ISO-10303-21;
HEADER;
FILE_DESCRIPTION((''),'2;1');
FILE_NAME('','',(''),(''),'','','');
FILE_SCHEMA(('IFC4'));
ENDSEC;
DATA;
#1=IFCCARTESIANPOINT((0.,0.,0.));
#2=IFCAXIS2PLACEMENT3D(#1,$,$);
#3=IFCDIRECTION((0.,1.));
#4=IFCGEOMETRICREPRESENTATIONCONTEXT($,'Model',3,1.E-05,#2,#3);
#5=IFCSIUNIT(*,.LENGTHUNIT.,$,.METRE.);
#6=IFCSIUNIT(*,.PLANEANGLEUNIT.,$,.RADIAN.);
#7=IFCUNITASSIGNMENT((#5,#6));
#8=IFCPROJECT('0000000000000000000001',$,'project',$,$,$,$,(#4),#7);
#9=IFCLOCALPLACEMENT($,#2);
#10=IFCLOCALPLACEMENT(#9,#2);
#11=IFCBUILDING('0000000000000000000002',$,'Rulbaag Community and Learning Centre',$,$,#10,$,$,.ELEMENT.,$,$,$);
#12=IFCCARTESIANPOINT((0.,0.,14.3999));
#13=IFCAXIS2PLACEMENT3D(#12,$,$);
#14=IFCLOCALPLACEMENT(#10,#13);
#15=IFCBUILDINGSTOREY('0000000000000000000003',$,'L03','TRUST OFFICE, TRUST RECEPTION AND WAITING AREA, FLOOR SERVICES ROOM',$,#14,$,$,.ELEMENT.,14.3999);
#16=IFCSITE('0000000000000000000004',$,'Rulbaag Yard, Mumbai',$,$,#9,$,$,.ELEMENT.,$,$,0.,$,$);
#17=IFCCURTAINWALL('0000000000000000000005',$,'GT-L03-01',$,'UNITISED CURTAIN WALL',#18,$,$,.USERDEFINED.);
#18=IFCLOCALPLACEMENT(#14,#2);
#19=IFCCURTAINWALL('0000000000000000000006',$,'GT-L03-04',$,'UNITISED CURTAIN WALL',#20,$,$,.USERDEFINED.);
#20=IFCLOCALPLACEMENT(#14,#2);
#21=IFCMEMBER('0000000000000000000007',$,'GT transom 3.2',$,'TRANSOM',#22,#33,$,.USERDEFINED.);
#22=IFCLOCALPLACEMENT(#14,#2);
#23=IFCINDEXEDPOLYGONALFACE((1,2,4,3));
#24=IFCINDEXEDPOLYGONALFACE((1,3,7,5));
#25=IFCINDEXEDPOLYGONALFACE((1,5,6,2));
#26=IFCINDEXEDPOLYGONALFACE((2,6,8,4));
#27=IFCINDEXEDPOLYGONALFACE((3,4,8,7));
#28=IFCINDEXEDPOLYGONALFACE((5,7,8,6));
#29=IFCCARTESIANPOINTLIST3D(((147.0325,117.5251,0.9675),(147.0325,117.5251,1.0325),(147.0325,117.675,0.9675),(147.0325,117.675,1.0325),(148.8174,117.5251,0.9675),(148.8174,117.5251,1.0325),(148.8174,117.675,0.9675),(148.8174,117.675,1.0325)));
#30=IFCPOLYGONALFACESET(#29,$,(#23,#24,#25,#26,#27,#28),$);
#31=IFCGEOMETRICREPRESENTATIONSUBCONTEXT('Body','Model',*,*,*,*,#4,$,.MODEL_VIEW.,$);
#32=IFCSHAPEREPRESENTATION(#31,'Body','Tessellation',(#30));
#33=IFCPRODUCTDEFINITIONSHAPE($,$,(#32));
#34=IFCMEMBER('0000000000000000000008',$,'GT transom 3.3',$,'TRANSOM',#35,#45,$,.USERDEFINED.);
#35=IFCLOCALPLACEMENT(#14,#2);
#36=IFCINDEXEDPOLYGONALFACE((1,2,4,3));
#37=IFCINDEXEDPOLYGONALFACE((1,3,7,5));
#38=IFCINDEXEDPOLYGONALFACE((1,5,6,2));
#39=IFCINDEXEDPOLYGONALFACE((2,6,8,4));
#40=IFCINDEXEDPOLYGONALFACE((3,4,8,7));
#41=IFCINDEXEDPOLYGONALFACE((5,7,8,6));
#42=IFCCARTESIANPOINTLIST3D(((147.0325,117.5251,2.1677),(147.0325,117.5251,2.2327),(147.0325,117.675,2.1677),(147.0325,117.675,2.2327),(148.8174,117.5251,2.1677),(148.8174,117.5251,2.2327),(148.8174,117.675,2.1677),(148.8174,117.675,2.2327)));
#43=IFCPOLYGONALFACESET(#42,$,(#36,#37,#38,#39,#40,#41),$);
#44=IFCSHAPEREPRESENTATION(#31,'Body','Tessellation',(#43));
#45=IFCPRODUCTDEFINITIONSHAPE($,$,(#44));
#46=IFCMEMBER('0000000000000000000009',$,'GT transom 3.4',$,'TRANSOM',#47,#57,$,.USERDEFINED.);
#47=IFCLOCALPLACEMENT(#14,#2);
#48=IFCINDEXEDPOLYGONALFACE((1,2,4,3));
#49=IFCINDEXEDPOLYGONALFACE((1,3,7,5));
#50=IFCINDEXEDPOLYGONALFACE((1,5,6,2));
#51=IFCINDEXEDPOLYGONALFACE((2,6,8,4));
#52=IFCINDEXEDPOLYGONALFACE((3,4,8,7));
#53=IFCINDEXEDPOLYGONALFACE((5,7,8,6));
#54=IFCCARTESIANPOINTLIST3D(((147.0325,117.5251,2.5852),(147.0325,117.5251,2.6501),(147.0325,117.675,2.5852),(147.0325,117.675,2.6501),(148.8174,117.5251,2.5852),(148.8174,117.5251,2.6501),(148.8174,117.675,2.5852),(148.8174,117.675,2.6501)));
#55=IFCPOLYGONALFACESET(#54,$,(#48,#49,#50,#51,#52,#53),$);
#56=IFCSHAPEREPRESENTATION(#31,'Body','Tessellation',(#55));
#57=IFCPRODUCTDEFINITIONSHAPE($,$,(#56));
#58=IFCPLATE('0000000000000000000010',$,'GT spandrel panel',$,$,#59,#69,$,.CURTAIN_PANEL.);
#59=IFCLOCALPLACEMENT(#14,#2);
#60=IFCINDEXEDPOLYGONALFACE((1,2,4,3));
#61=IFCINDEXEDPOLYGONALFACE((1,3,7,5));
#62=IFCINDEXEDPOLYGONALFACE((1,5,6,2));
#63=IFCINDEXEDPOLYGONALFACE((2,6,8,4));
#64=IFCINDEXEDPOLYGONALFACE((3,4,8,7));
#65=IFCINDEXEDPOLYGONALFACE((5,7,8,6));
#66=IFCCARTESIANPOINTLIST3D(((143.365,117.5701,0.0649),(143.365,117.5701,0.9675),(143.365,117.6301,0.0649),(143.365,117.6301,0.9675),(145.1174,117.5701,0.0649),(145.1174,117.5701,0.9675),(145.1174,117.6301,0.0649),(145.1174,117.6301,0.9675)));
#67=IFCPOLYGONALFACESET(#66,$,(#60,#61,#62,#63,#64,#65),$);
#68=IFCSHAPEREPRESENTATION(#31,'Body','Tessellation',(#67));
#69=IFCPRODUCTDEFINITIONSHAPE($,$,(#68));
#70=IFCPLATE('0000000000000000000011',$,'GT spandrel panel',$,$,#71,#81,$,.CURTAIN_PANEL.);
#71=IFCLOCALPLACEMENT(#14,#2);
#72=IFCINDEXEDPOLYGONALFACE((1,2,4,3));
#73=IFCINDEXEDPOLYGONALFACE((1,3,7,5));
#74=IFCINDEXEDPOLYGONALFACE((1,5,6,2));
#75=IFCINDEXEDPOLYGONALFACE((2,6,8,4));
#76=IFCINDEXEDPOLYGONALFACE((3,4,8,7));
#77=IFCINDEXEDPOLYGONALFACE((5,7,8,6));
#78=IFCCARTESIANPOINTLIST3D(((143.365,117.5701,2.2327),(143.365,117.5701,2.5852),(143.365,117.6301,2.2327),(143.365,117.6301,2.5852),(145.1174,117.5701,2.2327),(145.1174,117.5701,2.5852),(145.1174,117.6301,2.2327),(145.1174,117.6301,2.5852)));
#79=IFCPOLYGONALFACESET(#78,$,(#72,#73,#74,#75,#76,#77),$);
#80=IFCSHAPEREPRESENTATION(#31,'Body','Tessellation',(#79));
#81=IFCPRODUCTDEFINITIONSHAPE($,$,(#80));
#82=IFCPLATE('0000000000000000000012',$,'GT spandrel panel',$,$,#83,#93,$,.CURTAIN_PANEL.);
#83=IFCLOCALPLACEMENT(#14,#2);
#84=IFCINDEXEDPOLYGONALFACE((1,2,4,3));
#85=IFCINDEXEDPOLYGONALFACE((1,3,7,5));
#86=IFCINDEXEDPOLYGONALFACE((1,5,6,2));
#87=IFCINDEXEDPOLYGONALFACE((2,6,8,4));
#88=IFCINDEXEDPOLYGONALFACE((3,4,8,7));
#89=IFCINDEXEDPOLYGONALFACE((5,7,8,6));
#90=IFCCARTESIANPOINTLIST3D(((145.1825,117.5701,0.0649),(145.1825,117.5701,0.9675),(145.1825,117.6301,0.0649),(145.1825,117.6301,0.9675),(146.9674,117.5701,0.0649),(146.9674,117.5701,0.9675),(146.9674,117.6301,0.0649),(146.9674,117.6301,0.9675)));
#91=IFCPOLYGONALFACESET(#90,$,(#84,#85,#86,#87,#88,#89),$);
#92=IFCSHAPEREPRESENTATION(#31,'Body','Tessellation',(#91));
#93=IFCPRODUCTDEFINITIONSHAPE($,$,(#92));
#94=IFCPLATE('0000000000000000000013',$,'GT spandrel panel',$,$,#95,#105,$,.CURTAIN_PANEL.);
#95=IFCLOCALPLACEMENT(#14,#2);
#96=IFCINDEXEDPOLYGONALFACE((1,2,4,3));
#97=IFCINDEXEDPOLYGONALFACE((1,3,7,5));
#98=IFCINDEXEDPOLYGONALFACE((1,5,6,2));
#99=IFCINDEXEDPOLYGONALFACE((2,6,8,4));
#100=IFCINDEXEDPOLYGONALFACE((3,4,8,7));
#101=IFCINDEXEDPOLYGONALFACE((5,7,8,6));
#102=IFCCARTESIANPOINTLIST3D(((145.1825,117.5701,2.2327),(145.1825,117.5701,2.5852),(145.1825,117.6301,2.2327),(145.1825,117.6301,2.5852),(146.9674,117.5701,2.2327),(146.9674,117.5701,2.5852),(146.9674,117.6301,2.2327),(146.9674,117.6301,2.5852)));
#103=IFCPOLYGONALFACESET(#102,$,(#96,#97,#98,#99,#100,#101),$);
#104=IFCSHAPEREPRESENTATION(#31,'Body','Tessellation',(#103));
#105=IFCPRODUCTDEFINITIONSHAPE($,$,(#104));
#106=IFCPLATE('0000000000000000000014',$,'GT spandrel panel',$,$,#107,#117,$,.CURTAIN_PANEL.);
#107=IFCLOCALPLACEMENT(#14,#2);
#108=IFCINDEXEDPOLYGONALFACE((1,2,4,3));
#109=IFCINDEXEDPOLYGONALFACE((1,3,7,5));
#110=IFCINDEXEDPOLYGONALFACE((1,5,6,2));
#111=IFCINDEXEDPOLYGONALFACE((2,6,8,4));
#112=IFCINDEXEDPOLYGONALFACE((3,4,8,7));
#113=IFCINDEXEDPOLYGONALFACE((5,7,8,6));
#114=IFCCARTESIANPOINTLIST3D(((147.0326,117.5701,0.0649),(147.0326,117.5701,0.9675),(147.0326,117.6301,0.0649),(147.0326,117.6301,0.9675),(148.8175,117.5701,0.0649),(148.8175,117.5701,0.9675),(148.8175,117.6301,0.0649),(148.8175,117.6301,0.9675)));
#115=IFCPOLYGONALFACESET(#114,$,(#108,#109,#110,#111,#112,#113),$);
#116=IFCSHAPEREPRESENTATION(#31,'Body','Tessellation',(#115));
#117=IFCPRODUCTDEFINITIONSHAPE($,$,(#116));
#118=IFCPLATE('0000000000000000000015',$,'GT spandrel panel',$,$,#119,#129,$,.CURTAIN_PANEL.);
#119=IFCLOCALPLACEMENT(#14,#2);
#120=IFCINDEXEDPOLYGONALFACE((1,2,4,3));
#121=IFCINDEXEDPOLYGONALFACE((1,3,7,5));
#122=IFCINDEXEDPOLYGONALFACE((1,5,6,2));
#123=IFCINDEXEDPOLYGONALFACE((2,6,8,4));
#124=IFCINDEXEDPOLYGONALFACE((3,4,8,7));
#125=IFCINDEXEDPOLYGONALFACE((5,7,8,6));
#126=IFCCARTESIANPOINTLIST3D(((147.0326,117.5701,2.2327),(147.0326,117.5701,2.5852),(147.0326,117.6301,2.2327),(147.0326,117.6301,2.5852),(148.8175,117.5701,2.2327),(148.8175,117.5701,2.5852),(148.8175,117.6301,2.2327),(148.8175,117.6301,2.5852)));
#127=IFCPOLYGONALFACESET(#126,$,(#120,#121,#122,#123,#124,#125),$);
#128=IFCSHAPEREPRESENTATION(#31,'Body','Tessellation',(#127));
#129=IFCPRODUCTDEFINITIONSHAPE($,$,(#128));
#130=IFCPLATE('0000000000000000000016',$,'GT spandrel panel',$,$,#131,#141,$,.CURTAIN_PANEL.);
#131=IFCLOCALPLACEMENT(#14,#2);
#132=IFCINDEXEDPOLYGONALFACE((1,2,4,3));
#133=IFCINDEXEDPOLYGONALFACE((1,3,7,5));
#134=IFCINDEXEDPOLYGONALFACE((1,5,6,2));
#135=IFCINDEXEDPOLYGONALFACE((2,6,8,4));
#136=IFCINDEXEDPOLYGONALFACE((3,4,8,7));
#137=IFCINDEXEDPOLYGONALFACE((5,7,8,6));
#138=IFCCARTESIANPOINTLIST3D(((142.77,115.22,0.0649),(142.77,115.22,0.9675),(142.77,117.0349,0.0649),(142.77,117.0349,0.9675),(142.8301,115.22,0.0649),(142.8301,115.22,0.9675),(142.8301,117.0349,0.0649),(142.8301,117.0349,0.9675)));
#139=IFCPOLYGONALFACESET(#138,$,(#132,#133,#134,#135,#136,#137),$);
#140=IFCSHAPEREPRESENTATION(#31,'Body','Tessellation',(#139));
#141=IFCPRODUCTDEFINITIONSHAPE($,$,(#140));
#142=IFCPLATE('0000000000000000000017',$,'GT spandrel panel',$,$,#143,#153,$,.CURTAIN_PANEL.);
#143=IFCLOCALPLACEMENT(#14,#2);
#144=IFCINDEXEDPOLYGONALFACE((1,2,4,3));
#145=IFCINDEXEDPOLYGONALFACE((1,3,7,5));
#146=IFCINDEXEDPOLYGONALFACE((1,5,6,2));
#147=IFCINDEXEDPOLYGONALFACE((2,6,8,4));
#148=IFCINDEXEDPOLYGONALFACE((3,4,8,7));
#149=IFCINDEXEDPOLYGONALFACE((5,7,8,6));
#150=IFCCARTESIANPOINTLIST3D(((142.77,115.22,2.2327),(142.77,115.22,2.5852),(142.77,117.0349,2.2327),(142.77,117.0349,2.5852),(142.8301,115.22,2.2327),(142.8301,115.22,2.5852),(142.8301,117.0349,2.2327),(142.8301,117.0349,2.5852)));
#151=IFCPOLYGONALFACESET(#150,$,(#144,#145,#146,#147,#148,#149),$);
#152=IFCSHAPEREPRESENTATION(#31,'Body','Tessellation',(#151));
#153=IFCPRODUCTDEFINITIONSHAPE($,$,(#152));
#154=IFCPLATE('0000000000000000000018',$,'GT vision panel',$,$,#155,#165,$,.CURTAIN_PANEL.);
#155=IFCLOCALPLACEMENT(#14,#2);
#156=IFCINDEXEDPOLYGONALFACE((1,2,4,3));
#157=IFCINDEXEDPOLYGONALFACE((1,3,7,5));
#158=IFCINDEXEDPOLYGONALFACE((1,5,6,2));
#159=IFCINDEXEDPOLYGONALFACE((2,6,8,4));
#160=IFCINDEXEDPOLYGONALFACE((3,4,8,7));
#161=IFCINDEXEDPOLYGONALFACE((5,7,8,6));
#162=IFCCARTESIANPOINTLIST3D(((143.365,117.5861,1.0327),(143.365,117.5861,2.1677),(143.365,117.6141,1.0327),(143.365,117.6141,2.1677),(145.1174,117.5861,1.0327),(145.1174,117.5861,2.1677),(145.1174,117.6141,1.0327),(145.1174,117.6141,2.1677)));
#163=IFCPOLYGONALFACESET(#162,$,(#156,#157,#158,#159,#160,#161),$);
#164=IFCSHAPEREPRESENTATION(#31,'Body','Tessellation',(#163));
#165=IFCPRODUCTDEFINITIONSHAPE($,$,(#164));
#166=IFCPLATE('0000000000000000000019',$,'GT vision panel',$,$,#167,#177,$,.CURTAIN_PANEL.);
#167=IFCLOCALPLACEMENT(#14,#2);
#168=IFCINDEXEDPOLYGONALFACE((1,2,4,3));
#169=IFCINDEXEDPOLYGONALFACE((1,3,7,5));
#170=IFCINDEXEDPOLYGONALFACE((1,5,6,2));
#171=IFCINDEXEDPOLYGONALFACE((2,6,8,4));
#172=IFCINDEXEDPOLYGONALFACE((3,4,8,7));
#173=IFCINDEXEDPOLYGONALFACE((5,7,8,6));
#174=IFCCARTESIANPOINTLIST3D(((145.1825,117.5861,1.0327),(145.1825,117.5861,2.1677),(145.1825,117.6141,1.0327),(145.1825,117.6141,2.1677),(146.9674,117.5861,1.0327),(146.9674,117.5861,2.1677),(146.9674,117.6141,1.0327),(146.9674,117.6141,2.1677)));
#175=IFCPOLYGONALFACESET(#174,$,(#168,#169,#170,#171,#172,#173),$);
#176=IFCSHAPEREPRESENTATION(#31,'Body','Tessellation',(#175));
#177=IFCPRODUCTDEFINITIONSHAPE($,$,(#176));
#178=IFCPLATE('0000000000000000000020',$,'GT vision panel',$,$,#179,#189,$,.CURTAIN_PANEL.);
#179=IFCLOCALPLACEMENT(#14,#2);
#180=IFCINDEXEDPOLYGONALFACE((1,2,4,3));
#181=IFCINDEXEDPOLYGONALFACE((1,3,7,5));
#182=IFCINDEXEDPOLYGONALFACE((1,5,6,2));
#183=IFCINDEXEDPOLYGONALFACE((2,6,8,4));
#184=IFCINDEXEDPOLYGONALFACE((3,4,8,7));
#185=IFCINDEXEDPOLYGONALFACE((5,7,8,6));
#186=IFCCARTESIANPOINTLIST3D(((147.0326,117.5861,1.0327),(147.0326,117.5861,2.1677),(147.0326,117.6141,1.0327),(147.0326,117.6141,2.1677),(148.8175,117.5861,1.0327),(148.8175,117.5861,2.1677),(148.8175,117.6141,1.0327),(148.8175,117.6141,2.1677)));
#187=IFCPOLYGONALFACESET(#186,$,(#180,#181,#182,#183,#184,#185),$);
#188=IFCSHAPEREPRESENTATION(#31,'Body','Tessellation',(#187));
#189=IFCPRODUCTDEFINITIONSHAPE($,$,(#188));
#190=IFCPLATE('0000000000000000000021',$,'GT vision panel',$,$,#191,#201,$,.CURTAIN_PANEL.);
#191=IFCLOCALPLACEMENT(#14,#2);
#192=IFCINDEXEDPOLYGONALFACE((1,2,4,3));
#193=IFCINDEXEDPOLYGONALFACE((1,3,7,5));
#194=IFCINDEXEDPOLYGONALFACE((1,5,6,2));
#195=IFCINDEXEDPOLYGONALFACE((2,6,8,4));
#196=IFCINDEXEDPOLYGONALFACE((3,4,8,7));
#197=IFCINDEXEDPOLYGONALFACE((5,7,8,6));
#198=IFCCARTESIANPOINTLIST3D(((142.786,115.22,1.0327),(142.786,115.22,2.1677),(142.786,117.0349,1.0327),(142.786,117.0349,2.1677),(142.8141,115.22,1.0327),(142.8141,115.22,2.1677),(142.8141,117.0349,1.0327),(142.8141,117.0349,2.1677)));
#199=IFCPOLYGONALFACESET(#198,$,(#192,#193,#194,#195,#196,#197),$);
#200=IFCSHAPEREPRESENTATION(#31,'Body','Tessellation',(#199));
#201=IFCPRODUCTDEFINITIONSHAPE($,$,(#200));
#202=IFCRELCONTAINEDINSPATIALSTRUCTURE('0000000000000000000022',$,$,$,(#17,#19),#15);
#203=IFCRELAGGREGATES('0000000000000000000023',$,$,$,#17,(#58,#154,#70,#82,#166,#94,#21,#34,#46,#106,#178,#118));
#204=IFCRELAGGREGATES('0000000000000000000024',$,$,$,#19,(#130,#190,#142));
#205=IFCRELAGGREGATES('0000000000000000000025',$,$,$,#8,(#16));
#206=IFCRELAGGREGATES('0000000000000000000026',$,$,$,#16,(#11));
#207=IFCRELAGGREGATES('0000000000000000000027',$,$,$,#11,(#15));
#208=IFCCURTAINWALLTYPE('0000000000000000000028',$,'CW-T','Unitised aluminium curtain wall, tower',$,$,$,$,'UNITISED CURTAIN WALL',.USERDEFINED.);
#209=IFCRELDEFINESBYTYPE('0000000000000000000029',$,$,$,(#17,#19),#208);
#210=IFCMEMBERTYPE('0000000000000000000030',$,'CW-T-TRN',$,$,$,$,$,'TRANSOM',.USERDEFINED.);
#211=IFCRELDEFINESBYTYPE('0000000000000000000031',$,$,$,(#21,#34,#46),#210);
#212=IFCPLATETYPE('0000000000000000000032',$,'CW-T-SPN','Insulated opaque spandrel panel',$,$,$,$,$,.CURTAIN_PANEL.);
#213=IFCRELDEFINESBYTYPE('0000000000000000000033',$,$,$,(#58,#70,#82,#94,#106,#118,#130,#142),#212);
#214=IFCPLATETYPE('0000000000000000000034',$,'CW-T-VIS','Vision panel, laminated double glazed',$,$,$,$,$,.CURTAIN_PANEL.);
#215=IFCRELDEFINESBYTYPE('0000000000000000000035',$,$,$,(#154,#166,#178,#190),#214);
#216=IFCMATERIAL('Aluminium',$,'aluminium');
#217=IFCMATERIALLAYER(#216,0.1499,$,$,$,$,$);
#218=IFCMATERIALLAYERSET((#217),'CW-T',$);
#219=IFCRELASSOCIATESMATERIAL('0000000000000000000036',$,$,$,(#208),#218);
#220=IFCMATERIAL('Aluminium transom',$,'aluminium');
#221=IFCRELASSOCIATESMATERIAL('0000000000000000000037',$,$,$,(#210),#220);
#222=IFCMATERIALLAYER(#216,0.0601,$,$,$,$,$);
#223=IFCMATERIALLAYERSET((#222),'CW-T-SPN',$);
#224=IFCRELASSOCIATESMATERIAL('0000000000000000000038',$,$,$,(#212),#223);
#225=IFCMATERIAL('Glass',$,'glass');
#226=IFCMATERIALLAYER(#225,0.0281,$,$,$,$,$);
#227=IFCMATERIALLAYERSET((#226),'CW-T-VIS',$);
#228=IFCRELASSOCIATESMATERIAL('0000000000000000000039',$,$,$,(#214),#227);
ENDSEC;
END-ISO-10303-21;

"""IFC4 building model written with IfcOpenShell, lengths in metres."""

from ifc_helpers import new_model, si_unit, direction, frame, origin, origin_2d, place, context, subcontext, project, spatial, rectangle, extrude, material, layer, layer_set, material_profile, profile_set, type_object, element, aggregate, save


model = new_model("IFC4")

# Units and contexts
model_context = context("Model", 3, precision=1e-05, world=origin(), true_north=direction((0.0, 1.0)))
body_context = subcontext(model_context, "Body", "Model", "MODEL_VIEW")
ifc_project = project(units=[si_unit("LENGTHUNIT", "METRE"), si_unit("PLANEANGLEUNIT", "RADIAN")], contexts=[model_context])

# Site, building, storey
site_placement = place(None, origin())
site = spatial("IfcSite", under=ifc_project, at=site_placement, Name="Rulbaag Yard, Mumbai", CompositionType="ELEMENT", RefElevation=0.0)
building_placement = place(site_placement, origin())
building = spatial("IfcBuilding", under=site, at=building_placement, Name="Rulbaag Community and Learning Centre", CompositionType="ELEMENT")
storey_placement = place(building_placement, frame((0.0, 0.0, 14.3999)))
storey = spatial("IfcBuildingStorey", under=building, at=storey_placement, Name="L03", Description="TRUST OFFICE, TRUST RECEPTION AND WAITING AREA, FLOOR SERVICES ROOM", CompositionType="ELEMENT", Elevation=14.3999)

# Curtain wall
ifc_material_1 = material(Name="Aluminium", Category="aluminium")
ifc_layer_1 = layer(ifc_material_1, 0.1499)
ifc_layer_set_1 = layer_set([ifc_layer_1], Name="CW-T")
curtain_wall_type = type_object("IfcCurtainWallType", Name="CW-T", Description="Unitised aluminium curtain wall, tower", ElementType="UNITISED CURTAIN WALL", PredefinedType="USERDEFINED", material=ifc_layer_set_1)
curtain_wall_1_placement = place(storey_placement, origin())
curtain_wall_1 = element("IfcCurtainWall", 1, at=curtain_wall_1_placement, inside=storey, type_object=curtain_wall_type, Name="GT-L03-01", ObjectType="UNITISED CURTAIN WALL", PredefinedType="USERDEFINED")

# Curtain wall
curtain_wall_2_placement = place(storey_placement, origin())
curtain_wall_2 = element("IfcCurtainWall", 2, at=curtain_wall_2_placement, inside=storey, type_object=curtain_wall_type, Name="GT-L03-04", ObjectType="UNITISED CURTAIN WALL", PredefinedType="USERDEFINED")

# Members
ifc_material_2 = material(Name="Aluminium transom", Category="aluminium")
ifc_material_profile_1 = material_profile(ifc_material_2, rectangle(XDim=0.1499, YDim=0.0649, at=origin_2d()), Name="AL 65x150 T")
ifc_profile_set_1 = profile_set([ifc_material_profile_1], Name="Aluminium transom")
member_type_1 = type_object("IfcMemberType", Name="CW-T-TRN", ElementType="TRANSOM", PredefinedType="USERDEFINED", material=ifc_profile_set_1)
member_1_placement = place(storey_placement, frame((147.0325, 117.6001, 1.0), z_axis=(1.0, 0.0, 0.0), x_axis=(0.0, 1.0, 0.0)))
member_1 = element("IfcMember", 3, at=member_1_placement, type_object=member_type_1, Name="GT transom 3.2", ObjectType="TRANSOM", PredefinedType="USERDEFINED", context=body_context, shape_type="SweptSolid", body=[
    extrude(rectangle(XDim=0.1499, YDim=0.0649, at=origin_2d()), origin(), (0.0, 0.0, 1.0), 1.7849),
])
member_2_placement = place(storey_placement, frame((147.0325, 117.6001, 2.2002), z_axis=(1.0, 0.0, 0.0), x_axis=(0.0, 1.0, 0.0)))
member_2 = element("IfcMember", 4, at=member_2_placement, type_object=member_type_1, Name="GT transom 3.3", ObjectType="TRANSOM", PredefinedType="USERDEFINED", context=body_context, shape_type="SweptSolid", body=[
    extrude(rectangle(XDim=0.1499, YDim=0.0649, at=origin_2d()), origin(), (0.0, 0.0, 1.0), 1.7849),
])
member_3_placement = place(storey_placement, frame((147.0325, 117.6001, 2.6177), z_axis=(1.0, 0.0, 0.0), x_axis=(0.0, 1.0, 0.0)))
member_3 = element("IfcMember", 5, at=member_3_placement, type_object=member_type_1, Name="GT transom 3.4", ObjectType="TRANSOM", PredefinedType="USERDEFINED", context=body_context, shape_type="SweptSolid", body=[
    extrude(rectangle(XDim=0.1499, YDim=0.0649, at=origin_2d()), origin(), (0.0, 0.0, 1.0), 1.7849),
])

# Plates
ifc_layer_2 = layer(ifc_material_1, 0.0601)
ifc_layer_set_2 = layer_set([ifc_layer_2], Name="CW-T-SPN")
plate_type_1 = type_object("IfcPlateType", Name="CW-T-SPN", Description="Insulated opaque spandrel panel", PredefinedType="CURTAIN_PANEL", material=ifc_layer_set_2)
plate_1_placement = place(storey_placement, frame((144.2412, 117.6001, 0.0649), z_axis=(0.0, 0.0, 1.0), x_axis=(1.0, 0.0, 0.0)))
plate_1 = element("IfcPlate", 6, at=plate_1_placement, type_object=plate_type_1, Name="GT spandrel panel", PredefinedType="CURTAIN_PANEL", context=body_context, shape_type="SweptSolid", body=[
    extrude(rectangle(XDim=1.7524, YDim=0.0601, at=origin_2d()), origin(), (0.0, 0.0, 1.0), 0.9026),
])
plate_2_placement = place(storey_placement, frame((144.2412, 117.6001, 2.2327), z_axis=(0.0, 0.0, 1.0), x_axis=(1.0, 0.0, 0.0)))
plate_2 = element("IfcPlate", 7, at=plate_2_placement, type_object=plate_type_1, Name="GT spandrel panel", PredefinedType="CURTAIN_PANEL", context=body_context, shape_type="SweptSolid", body=[
    extrude(rectangle(XDim=1.7524, YDim=0.0601, at=origin_2d()), origin(), (0.0, 0.0, 1.0), 0.3525),
])
plate_3_placement = place(storey_placement, frame((146.075, 117.6001, 0.0649), z_axis=(0.0, 0.0, 1.0), x_axis=(1.0, 0.0, 0.0)))
plate_3 = element("IfcPlate", 8, at=plate_3_placement, type_object=plate_type_1, Name="GT spandrel panel", PredefinedType="CURTAIN_PANEL", context=body_context, shape_type="SweptSolid", body=[
    extrude(rectangle(XDim=1.7849, YDim=0.0601, at=origin_2d()), origin(), (0.0, 0.0, 1.0), 0.9026),
])
plate_4_placement = place(storey_placement, frame((146.075, 117.6001, 2.2327), z_axis=(0.0, 0.0, 1.0), x_axis=(1.0, 0.0, 0.0)))
plate_4 = element("IfcPlate", 9, at=plate_4_placement, type_object=plate_type_1, Name="GT spandrel panel", PredefinedType="CURTAIN_PANEL", context=body_context, shape_type="SweptSolid", body=[
    extrude(rectangle(XDim=1.7849, YDim=0.0601, at=origin_2d()), origin(), (0.0, 0.0, 1.0), 0.3525),
])
plate_5_placement = place(storey_placement, frame((147.925, 117.6001, 0.0649), z_axis=(0.0, 0.0, 1.0), x_axis=(1.0, 0.0, 0.0)))
plate_5 = element("IfcPlate", 10, at=plate_5_placement, type_object=plate_type_1, Name="GT spandrel panel", PredefinedType="CURTAIN_PANEL", context=body_context, shape_type="SweptSolid", body=[
    extrude(rectangle(XDim=1.7849, YDim=0.0601, at=origin_2d()), origin(), (0.0, 0.0, 1.0), 0.9026),
])
plate_6_placement = place(storey_placement, frame((147.925, 117.6001, 2.2327), z_axis=(0.0, 0.0, 1.0), x_axis=(1.0, 0.0, 0.0)))
plate_6 = element("IfcPlate", 11, at=plate_6_placement, type_object=plate_type_1, Name="GT spandrel panel", PredefinedType="CURTAIN_PANEL", context=body_context, shape_type="SweptSolid", body=[
    extrude(rectangle(XDim=1.7849, YDim=0.0601, at=origin_2d()), origin(), (0.0, 0.0, 1.0), 0.3525),
])
plate_7_placement = place(storey_placement, frame((142.8, 116.1274, 0.0649), z_axis=(0.0, 0.0, 1.0), x_axis=(0.0, 1.0, 0.0)))
plate_7 = element("IfcPlate", 12, at=plate_7_placement, type_object=plate_type_1, Name="GT spandrel panel", PredefinedType="CURTAIN_PANEL", context=body_context, shape_type="SweptSolid", body=[
    extrude(rectangle(XDim=1.8149, YDim=0.0601, at=origin_2d()), origin(), (0.0, 0.0, 1.0), 0.9026),
])
plate_8_placement = place(storey_placement, frame((142.8, 116.1274, 2.2327), z_axis=(0.0, 0.0, 1.0), x_axis=(0.0, 1.0, 0.0)))
plate_8 = element("IfcPlate", 13, at=plate_8_placement, type_object=plate_type_1, Name="GT spandrel panel", PredefinedType="CURTAIN_PANEL", context=body_context, shape_type="SweptSolid", body=[
    extrude(rectangle(XDim=1.8149, YDim=0.0601, at=origin_2d()), origin(), (0.0, 0.0, 1.0), 0.3525),
])
ifc_material_3 = material(Name="Glass", Category="glass")
ifc_layer_3 = layer(ifc_material_3, 0.0281)
ifc_layer_set_3 = layer_set([ifc_layer_3], Name="CW-T-VIS")
plate_type_2 = type_object("IfcPlateType", Name="CW-T-VIS", Description="Vision panel, laminated double glazed", PredefinedType="CURTAIN_PANEL", material=ifc_layer_set_3)
plate_9_placement = place(storey_placement, frame((144.2412, 117.6001, 1.0327), z_axis=(0.0, 0.0, 1.0), x_axis=(1.0, 0.0, 0.0)))
plate_9 = element("IfcPlate", 14, at=plate_9_placement, type_object=plate_type_2, Name="GT vision panel", PredefinedType="CURTAIN_PANEL", context=body_context, shape_type="SweptSolid", body=[
    extrude(rectangle(XDim=1.7524, YDim=0.0281, at=origin_2d()), origin(), (0.0, 0.0, 1.0), 1.135),
])
plate_10_placement = place(storey_placement, frame((146.075, 117.6001, 1.0327), z_axis=(0.0, 0.0, 1.0), x_axis=(1.0, 0.0, 0.0)))
plate_10 = element("IfcPlate", 15, at=plate_10_placement, type_object=plate_type_2, Name="GT vision panel", PredefinedType="CURTAIN_PANEL", context=body_context, shape_type="SweptSolid", body=[
    extrude(rectangle(XDim=1.7849, YDim=0.0281, at=origin_2d()), origin(), (0.0, 0.0, 1.0), 1.135),
])
plate_11_placement = place(storey_placement, frame((147.925, 117.6001, 1.0327), z_axis=(0.0, 0.0, 1.0), x_axis=(1.0, 0.0, 0.0)))
plate_11 = element("IfcPlate", 16, at=plate_11_placement, type_object=plate_type_2, Name="GT vision panel", PredefinedType="CURTAIN_PANEL", context=body_context, shape_type="SweptSolid", body=[
    extrude(rectangle(XDim=1.7849, YDim=0.0281, at=origin_2d()), origin(), (0.0, 0.0, 1.0), 1.135),
])
aggregate(curtain_wall_1, [plate_1, plate_9, plate_2, plate_3, plate_10, plate_4, member_1, member_2, member_3, plate_5, plate_11, plate_6])
plate_12_placement = place(storey_placement, frame((142.8, 116.1274, 1.0327), z_axis=(0.0, 0.0, 1.0), x_axis=(0.0, 1.0, 0.0)))
plate_12 = element("IfcPlate", 17, at=plate_12_placement, type_object=plate_type_2, Name="GT vision panel", PredefinedType="CURTAIN_PANEL", context=body_context, shape_type="SweptSolid", body=[
    extrude(rectangle(XDim=1.8149, YDim=0.0281, at=origin_2d()), origin(), (0.0, 0.0, 1.0), 1.135),
])
aggregate(curtain_wall_2, [plate_7, plate_12, plate_8])

save(model, "model.ifc")
